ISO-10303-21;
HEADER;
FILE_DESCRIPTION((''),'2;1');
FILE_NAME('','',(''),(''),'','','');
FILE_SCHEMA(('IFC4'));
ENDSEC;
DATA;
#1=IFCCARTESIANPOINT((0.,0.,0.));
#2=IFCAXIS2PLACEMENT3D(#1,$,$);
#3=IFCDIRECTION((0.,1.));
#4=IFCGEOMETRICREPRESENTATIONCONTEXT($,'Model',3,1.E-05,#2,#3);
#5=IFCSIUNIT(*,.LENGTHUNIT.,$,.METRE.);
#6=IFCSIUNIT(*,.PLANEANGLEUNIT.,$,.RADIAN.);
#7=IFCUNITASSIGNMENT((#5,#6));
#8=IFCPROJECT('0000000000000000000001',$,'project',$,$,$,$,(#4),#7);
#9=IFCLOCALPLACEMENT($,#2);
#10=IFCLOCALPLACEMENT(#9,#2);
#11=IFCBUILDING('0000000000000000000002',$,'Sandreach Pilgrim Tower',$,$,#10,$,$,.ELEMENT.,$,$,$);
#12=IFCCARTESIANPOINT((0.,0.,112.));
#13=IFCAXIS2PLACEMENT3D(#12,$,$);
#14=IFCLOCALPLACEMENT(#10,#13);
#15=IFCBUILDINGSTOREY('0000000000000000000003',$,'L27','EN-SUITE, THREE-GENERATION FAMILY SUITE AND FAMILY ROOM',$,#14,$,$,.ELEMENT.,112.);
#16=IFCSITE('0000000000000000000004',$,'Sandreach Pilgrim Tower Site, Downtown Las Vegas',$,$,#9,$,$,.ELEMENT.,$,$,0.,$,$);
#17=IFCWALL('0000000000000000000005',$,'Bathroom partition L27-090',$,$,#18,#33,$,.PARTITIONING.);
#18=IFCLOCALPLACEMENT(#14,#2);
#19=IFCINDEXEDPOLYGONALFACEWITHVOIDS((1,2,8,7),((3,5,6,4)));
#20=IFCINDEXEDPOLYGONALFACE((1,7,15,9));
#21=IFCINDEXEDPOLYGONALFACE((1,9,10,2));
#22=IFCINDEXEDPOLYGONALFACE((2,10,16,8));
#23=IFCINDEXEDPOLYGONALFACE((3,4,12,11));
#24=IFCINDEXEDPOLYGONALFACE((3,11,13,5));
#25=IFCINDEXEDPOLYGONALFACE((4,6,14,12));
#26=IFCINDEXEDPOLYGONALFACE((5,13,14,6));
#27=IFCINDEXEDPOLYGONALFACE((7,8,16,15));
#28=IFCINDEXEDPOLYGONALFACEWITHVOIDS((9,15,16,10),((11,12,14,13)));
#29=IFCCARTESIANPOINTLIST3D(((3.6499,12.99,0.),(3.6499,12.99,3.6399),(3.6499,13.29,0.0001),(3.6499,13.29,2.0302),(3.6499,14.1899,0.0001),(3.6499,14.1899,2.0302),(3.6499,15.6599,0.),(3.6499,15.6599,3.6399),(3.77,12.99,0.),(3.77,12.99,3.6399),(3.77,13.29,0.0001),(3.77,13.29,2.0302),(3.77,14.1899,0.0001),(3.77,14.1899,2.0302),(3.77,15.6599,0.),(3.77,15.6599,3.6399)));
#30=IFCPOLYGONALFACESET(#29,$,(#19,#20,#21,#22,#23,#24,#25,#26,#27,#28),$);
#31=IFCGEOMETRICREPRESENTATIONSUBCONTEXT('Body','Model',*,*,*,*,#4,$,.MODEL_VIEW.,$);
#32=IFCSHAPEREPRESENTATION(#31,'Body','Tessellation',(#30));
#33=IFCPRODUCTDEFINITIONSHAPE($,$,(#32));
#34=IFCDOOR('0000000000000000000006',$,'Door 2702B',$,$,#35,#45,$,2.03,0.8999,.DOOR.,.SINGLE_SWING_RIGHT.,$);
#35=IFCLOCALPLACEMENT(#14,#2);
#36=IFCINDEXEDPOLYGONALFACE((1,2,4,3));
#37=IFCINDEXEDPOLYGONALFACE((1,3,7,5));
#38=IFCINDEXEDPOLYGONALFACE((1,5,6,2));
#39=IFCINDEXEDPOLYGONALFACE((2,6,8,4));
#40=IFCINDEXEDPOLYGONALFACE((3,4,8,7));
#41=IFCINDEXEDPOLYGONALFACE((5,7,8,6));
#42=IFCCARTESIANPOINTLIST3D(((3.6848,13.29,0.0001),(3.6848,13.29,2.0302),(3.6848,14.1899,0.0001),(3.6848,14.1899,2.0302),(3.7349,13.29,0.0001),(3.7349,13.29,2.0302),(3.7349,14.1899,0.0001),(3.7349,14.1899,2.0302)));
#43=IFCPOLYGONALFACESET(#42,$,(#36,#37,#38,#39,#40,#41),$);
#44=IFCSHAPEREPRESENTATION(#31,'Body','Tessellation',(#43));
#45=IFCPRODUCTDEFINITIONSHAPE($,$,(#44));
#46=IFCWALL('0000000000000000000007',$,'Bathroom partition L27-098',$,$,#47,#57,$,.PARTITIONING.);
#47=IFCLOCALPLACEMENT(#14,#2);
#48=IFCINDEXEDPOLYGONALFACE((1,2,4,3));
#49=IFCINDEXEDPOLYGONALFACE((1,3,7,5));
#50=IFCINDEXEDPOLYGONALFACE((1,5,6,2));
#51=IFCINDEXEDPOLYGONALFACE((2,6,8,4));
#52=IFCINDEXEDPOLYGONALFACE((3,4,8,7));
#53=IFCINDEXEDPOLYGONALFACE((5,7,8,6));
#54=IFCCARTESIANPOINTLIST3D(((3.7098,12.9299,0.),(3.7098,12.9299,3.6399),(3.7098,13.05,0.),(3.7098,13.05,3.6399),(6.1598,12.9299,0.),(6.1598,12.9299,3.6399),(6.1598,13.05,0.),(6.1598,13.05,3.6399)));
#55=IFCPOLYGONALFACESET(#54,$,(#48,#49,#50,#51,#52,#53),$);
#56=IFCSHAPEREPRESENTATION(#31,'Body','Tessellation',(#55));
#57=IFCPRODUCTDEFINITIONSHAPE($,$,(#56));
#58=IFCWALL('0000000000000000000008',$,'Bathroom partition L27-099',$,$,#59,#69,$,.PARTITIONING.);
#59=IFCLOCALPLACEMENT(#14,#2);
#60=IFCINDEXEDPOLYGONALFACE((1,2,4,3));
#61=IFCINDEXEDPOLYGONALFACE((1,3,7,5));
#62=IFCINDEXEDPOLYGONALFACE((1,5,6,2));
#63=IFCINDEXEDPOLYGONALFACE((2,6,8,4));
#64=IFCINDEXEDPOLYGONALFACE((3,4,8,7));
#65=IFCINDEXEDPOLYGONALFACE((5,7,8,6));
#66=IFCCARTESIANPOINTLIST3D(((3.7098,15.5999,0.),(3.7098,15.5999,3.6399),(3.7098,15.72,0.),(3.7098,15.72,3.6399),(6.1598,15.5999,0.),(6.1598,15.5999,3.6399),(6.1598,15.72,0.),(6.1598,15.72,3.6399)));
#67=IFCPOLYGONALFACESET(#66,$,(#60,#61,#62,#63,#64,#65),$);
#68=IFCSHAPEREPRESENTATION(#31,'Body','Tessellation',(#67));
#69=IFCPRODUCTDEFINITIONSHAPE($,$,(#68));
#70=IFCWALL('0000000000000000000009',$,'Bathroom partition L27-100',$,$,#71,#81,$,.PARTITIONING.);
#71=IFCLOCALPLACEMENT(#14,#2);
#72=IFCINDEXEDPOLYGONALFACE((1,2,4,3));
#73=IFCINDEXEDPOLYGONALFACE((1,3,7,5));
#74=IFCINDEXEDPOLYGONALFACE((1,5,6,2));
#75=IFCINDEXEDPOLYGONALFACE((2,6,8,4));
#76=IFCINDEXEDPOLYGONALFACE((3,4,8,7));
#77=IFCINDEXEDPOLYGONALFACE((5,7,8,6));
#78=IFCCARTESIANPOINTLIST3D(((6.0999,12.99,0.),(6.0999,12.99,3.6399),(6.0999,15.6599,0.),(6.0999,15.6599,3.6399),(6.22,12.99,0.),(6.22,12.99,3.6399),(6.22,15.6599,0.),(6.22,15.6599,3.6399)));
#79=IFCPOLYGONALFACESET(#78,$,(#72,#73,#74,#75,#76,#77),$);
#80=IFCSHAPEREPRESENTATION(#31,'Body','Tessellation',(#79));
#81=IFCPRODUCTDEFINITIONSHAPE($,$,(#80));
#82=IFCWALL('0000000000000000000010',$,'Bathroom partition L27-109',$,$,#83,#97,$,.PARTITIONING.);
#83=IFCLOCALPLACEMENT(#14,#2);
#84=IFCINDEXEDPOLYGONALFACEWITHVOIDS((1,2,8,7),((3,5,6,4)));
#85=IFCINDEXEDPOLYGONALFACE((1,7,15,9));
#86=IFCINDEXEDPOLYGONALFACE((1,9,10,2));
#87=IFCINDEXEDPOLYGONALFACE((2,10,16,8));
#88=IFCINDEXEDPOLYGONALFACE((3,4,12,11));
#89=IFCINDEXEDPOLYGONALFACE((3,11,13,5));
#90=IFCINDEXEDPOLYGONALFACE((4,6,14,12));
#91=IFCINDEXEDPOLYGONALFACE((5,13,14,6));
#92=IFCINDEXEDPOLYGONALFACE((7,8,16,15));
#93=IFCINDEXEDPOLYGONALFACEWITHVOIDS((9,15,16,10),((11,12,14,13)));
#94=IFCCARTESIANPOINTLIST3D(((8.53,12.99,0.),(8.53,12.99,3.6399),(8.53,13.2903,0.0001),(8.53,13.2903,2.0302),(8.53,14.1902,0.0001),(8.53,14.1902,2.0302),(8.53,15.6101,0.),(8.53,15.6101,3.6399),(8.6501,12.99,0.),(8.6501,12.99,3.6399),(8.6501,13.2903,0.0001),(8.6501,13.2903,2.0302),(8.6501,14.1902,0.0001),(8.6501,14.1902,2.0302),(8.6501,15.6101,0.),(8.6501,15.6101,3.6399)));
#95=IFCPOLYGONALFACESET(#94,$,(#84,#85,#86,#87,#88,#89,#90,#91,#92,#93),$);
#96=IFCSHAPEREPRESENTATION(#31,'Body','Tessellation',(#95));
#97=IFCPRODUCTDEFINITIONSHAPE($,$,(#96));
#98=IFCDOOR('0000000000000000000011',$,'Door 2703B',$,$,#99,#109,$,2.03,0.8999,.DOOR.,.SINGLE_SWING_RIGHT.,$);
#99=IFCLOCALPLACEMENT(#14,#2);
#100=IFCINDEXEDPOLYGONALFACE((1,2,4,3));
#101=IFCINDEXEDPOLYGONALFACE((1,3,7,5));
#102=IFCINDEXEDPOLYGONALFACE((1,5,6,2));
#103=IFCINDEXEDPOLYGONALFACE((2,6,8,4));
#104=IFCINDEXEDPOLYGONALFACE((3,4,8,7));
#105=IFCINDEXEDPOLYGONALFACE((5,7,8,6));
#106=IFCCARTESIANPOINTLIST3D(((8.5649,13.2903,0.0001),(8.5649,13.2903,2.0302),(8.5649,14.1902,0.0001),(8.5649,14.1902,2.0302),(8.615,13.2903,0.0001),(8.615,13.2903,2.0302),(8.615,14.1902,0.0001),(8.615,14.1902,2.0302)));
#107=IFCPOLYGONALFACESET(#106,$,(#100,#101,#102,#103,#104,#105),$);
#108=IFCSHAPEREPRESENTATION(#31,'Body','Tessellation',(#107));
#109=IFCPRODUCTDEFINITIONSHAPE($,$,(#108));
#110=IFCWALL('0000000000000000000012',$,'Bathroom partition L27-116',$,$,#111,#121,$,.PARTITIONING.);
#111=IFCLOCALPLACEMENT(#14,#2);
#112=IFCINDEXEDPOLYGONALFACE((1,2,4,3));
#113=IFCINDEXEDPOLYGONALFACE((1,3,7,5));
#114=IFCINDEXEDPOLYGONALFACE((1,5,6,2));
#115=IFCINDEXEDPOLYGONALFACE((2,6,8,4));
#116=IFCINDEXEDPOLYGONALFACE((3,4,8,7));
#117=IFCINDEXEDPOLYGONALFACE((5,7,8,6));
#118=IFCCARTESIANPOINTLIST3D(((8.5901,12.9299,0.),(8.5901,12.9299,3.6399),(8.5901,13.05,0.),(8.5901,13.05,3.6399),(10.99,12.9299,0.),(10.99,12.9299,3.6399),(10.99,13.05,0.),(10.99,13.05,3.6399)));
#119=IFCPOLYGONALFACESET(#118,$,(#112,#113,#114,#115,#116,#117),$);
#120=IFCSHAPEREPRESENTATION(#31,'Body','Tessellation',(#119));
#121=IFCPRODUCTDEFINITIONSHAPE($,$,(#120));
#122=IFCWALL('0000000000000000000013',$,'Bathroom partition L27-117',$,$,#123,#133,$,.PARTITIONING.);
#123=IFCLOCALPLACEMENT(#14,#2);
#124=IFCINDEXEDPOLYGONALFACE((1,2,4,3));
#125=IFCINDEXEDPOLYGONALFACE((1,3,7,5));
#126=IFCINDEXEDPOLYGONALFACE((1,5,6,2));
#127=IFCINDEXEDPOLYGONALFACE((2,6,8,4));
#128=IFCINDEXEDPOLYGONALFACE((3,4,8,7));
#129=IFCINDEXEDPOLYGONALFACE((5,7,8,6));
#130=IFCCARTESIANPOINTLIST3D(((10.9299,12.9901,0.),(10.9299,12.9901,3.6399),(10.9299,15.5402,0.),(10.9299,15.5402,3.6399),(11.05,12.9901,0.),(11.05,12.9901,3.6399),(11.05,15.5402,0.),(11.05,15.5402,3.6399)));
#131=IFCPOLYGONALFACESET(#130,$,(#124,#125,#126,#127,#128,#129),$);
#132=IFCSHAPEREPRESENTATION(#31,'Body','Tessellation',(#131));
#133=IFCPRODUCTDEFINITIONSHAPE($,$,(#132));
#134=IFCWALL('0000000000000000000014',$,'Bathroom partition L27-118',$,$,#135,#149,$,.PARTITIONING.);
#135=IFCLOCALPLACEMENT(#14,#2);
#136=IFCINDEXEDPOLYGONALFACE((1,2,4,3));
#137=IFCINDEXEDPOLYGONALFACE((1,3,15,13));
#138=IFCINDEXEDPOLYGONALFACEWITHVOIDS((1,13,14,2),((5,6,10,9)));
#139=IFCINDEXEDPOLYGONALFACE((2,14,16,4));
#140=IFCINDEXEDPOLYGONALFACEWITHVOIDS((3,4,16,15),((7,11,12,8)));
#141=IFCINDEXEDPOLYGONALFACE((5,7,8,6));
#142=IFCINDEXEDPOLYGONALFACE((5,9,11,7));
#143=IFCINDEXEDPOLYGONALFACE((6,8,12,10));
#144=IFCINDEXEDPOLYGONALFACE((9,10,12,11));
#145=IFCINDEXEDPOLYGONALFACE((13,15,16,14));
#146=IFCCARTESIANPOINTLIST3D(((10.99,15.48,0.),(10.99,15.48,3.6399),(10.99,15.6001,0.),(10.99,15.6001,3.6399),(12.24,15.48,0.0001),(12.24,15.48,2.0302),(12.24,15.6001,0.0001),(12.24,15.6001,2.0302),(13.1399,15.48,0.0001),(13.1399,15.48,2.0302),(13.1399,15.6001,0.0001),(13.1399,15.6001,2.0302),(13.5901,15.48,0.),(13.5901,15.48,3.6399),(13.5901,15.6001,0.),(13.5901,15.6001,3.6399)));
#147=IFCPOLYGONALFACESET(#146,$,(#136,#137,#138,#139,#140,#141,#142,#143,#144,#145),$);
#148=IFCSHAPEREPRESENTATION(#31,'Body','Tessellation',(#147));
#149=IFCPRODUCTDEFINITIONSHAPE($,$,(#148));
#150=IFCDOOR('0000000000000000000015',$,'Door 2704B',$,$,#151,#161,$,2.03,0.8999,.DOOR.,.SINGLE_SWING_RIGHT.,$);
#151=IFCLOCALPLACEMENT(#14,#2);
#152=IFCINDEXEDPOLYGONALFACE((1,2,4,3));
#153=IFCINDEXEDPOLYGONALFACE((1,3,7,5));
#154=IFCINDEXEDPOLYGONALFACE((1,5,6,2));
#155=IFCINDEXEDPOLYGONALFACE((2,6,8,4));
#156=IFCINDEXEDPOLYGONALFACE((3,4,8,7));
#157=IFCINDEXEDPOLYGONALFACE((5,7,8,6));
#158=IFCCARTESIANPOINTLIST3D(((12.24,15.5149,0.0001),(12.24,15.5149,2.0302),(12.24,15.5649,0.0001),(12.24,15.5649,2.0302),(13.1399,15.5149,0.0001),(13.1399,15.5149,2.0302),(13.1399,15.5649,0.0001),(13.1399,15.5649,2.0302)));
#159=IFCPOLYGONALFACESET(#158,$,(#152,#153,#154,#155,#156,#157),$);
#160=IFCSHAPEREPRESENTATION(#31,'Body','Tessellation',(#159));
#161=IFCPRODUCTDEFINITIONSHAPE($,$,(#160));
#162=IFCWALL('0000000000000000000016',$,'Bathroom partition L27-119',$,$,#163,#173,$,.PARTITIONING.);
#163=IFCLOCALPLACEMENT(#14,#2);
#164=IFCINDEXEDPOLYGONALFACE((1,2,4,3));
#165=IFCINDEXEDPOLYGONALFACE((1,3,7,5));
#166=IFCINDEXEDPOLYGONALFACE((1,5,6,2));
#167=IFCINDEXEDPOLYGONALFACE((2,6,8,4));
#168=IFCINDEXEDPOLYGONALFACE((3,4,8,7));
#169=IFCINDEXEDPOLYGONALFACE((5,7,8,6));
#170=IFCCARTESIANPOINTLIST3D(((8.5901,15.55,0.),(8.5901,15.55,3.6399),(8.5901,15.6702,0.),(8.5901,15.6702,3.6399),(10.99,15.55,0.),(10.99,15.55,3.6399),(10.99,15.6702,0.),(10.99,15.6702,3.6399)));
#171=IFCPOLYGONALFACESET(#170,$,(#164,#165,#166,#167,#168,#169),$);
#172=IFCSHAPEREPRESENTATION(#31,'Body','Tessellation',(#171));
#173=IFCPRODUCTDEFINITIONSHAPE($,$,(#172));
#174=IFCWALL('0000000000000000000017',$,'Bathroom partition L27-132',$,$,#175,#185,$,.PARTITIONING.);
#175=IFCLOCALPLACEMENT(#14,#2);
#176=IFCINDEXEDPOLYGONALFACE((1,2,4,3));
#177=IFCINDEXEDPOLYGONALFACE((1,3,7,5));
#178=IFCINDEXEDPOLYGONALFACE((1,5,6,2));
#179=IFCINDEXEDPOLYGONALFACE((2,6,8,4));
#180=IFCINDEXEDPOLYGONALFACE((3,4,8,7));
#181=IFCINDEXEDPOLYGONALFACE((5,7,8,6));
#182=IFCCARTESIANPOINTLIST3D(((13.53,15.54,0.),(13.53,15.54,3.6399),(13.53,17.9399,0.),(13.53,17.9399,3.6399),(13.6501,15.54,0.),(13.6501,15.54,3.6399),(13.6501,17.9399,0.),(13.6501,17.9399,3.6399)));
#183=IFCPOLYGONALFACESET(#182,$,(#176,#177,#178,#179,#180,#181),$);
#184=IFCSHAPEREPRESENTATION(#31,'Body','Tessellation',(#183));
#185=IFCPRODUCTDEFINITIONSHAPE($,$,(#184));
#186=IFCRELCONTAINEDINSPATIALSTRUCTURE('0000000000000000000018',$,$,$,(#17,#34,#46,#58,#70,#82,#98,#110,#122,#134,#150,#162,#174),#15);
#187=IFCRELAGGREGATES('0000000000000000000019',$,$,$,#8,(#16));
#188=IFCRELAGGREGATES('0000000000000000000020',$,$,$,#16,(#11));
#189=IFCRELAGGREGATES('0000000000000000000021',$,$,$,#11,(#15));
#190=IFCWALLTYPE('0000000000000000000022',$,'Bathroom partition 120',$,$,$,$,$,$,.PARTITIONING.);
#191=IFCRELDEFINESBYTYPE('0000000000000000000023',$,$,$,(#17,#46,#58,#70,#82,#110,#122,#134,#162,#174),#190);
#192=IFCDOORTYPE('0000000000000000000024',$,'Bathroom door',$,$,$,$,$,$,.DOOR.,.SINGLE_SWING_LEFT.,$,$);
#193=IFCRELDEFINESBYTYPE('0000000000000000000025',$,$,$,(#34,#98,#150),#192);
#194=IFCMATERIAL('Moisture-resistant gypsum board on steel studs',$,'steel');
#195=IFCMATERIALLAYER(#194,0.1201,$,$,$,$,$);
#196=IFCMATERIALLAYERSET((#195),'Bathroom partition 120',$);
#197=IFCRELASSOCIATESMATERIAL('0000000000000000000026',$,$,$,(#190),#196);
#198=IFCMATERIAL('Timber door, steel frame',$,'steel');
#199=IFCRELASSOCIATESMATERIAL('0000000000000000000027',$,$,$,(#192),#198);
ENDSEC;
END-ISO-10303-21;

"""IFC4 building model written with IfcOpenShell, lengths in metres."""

from ifc_helpers import new_model, si_unit, direction, frame, frame_2d, origin, place, context, subcontext, project, spatial, rectangle, extrude, material, layer, layer_set, type_object, element, fill, save


model = new_model("IFC4")

# Units and contexts
model_context = context("Model", 3, precision=1e-05, world=origin(), true_north=direction((0.0, 1.0)))
body_context = subcontext(model_context, "Body", "Model", "MODEL_VIEW")
ifc_project = project(units=[si_unit("LENGTHUNIT", "METRE"), si_unit("PLANEANGLEUNIT", "RADIAN")], contexts=[model_context])

# Site, building, storey
site_placement = place(None, origin())
site = spatial("IfcSite", under=ifc_project, at=site_placement, Name="Sandreach Pilgrim Tower Site, Downtown Las Vegas", CompositionType="ELEMENT", RefElevation=0.0)
building_placement = place(site_placement, origin())
building = spatial("IfcBuilding", under=site, at=building_placement, Name="Sandreach Pilgrim Tower", CompositionType="ELEMENT")
storey_placement = place(building_placement, frame((0.0, 0.0, 112.0)))
storey = spatial("IfcBuildingStorey", under=building, at=storey_placement, Name="L27", Description="EN-SUITE, THREE-GENERATION FAMILY SUITE AND FAMILY ROOM", CompositionType="ELEMENT", Elevation=112.0)

# Wall, opening, door
ifc_material_1 = material(Name="Moisture-resistant gypsum board on steel studs", Category="steel")
ifc_layer_1 = layer(ifc_material_1, 0.1201)
ifc_layer_set_1 = layer_set([ifc_layer_1], Name="Bathroom partition 120")
wall_type_1 = type_object("IfcWallType", Name="Bathroom partition 120", PredefinedType="PARTITIONING", material=ifc_layer_set_1)
wall_1_placement = place(storey_placement, frame((3.71, 15.6599, 0.0), z_axis=(0.0, 0.0, 1.0), x_axis=(0.0, -1.0, 0.0)))
wall_1 = element("IfcWall", 1, at=wall_1_placement, inside=storey, type_object=wall_type_1, Name="Bathroom partition L27-090", PredefinedType="PARTITIONING", context=body_context, shape_type="SweptSolid", body=[
    extrude(rectangle(XDim=2.6699, YDim=0.1201, at=frame_2d((1.335, 0.0))), origin(), (0.0, 0.0, 1.0), 3.6399),
])
opening_1_placement = place(wall_1_placement, frame((1.47, 0.0, 0.0)))
opening_1 = element("IfcOpeningElement", 2, at=opening_1_placement, cuts=wall_1, PredefinedType="OPENING", context=body_context, shape_type="SweptSolid", body=[
    extrude(rectangle(XDim=0.8999, YDim=2.03, at=frame_2d((0.45, 1.0151))), frame((0.0, 0.0601, 0.0), z_axis=(0.0, -1.0, 0.0), x_axis=(1.0, 0.0, 0.0)), (0.0, 0.0, 1.0), 0.1201),
])
ifc_material_2 = material(Name="Timber door, steel frame", Category="steel")
door_type_1 = type_object("IfcDoorType", Name="Bathroom door", OperationType="SINGLE_SWING_LEFT", PredefinedType="DOOR", material=ifc_material_2)
door_1_placement = place(opening_1_placement, origin())
door_1 = element("IfcDoor", 3, at=door_1_placement, inside=storey, type_object=door_type_1, Name="Door 2702B", OperationType="SINGLE_SWING_RIGHT", OverallHeight=2.03, OverallWidth=0.8999, PredefinedType="DOOR", context=body_context, shape_type="SweptSolid", body=[
    extrude(rectangle(XDim=0.8999, YDim=2.03, at=frame_2d((0.45, 1.0151))), frame((0.0, 0.0249, 0.0), z_axis=(0.0, -1.0, 0.0), x_axis=(1.0, 0.0, 0.0)), (0.0, 0.0, 1.0), 0.05),
])
fill(opening_1, door_1)

# Walls
for number, where, z_axis, x_axis, name in (
    (4, (6.1599, 12.99, 0.0), (0.0, 0.0, 1.0), (-1.0, 0.0, 0.0), "Bathroom partition L27-098"),
    (5, (6.1599, 15.6599, 0.0), (0.0, 0.0, 1.0), (-1.0, 0.0, 0.0), "Bathroom partition L27-099"),
):
    element("IfcWall", number, at=place(storey_placement, frame(where, z_axis=z_axis, x_axis=x_axis)), inside=storey, type_object=wall_type_1, Name=name, PredefinedType="PARTITIONING", context=body_context, shape_type="SweptSolid", body=[
        extrude(rectangle(XDim=2.45, YDim=0.1201, at=frame_2d((1.2251, 0.0))), origin(), (0.0, 0.0, 1.0), 3.6399),
    ])
wall_2_placement = place(storey_placement, frame((6.1599, 15.6599, 0.0), z_axis=(0.0, 0.0, 1.0), x_axis=(0.0, -1.0, 0.0)))
element("IfcWall", 6, at=wall_2_placement, inside=storey, type_object=wall_type_1, Name="Bathroom partition L27-100", PredefinedType="PARTITIONING", context=body_context, shape_type="SweptSolid", body=[
    extrude(rectangle(XDim=2.6699, YDim=0.1201, at=frame_2d((1.335, 0.0))), origin(), (0.0, 0.0, 1.0), 3.6399),
])

# Wall, opening, door
wall_3_placement = place(storey_placement, frame((8.5901, 15.6101, 0.0), z_axis=(0.0, 0.0, 1.0), x_axis=(0.0, -1.0, 0.0)))
wall_3 = element("IfcWall", 7, at=wall_3_placement, inside=storey, type_object=wall_type_1, Name="Bathroom partition L27-109", PredefinedType="PARTITIONING", context=body_context, shape_type="SweptSolid", body=[
    extrude(rectangle(XDim=2.6201, YDim=0.1201, at=frame_2d((1.3101, 0.0))), origin(), (0.0, 0.0, 1.0), 3.6399),
])
opening_2_placement = place(wall_3_placement, frame((1.4199, 0.0, 0.0)))
opening_2 = element("IfcOpeningElement", 8, at=opening_2_placement, cuts=wall_3, PredefinedType="OPENING", context=body_context, shape_type="SweptSolid", body=[
    extrude(rectangle(XDim=0.8999, YDim=2.03, at=frame_2d((0.45, 1.0151))), frame((0.0, 0.0601, 0.0), z_axis=(0.0, -1.0, 0.0), x_axis=(1.0, 0.0, 0.0)), (0.0, 0.0, 1.0), 0.1201),
])
door_2_placement = place(opening_2_placement, origin())
door_2 = element("IfcDoor", 9, at=door_2_placement, inside=storey, type_object=door_type_1, Name="Door 2703B", OperationType="SINGLE_SWING_RIGHT", OverallHeight=2.03, OverallWidth=0.8999, PredefinedType="DOOR", context=body_context, shape_type="SweptSolid", body=[
    extrude(rectangle(XDim=0.8999, YDim=2.03, at=frame_2d((0.45, 1.0151))), frame((0.0, 0.0249, 0.0), z_axis=(0.0, -1.0, 0.0), x_axis=(1.0, 0.0, 0.0)), (0.0, 0.0, 1.0), 0.05),
])
fill(opening_2, door_2)

# Walls
wall_4_placement = place(storey_placement, frame((10.99, 12.99, 0.0), z_axis=(0.0, 0.0, 1.0), x_axis=(-1.0, 0.0, 0.0)))
element("IfcWall", 10, at=wall_4_placement, inside=storey, type_object=wall_type_1, Name="Bathroom partition L27-116", PredefinedType="PARTITIONING", context=body_context, shape_type="SweptSolid", body=[
    extrude(rectangle(XDim=2.3999, YDim=0.1201, at=frame_2d((1.2, 0.0))), origin(), (0.0, 0.0, 1.0), 3.6399),
])
wall_5_placement = place(storey_placement, frame((10.99, 15.54, 0.0), z_axis=(0.0, 0.0, 1.0), x_axis=(0.0, -1.0, 0.0)))
element("IfcWall", 11, at=wall_5_placement, inside=storey, type_object=wall_type_1, Name="Bathroom partition L27-117", PredefinedType="PARTITIONING", context=body_context, shape_type="SweptSolid", body=[
    extrude(rectangle(XDim=2.55, YDim=0.1201, at=frame_2d((1.2749, 0.0))), origin(), (0.0, 0.0, 1.0), 3.6399),
])

# Wall, opening, door
wall_6_placement = place(storey_placement, frame((10.99, 15.54, 0.0), z_axis=(0.0, 0.0, 1.0), x_axis=(1.0, 0.0, 0.0)))
wall_6 = element("IfcWall", 12, at=wall_6_placement, inside=storey, type_object=wall_type_1, Name="Bathroom partition L27-118", PredefinedType="PARTITIONING", context=body_context, shape_type="SweptSolid", body=[
    extrude(rectangle(XDim=2.6001, YDim=0.1201, at=frame_2d((1.3, 0.0))), origin(), (0.0, 0.0, 1.0), 3.6399),
])
opening_3_placement = place(wall_6_placement, frame((1.25, 0.0, 0.0)))
opening_3 = element("IfcOpeningElement", 13, at=opening_3_placement, cuts=wall_6, PredefinedType="OPENING", context=body_context, shape_type="SweptSolid", body=[
    extrude(rectangle(XDim=0.8999, YDim=2.03, at=frame_2d((0.45, 1.0151))), frame((0.0, 0.0601, 0.0), z_axis=(0.0, -1.0, 0.0), x_axis=(1.0, 0.0, 0.0)), (0.0, 0.0, 1.0), 0.1201),
])
door_3_placement = place(opening_3_placement, origin())
door_3 = element("IfcDoor", 14, at=door_3_placement, inside=storey, type_object=door_type_1, Name="Door 2704B", OperationType="SINGLE_SWING_RIGHT", OverallHeight=2.03, OverallWidth=0.8999, PredefinedType="DOOR", context=body_context, shape_type="SweptSolid", body=[
    extrude(rectangle(XDim=0.8999, YDim=2.03, at=frame_2d((0.45, 1.0151))), frame((0.0, 0.0249, 0.0), z_axis=(0.0, -1.0, 0.0), x_axis=(1.0, 0.0, 0.0)), (0.0, 0.0, 1.0), 0.05),
])
fill(opening_3, door_3)

# Walls
for number, where, z_axis, x_axis, name in (
    (15, (10.99, 15.6101, 0.0), (0.0, 0.0, 1.0), (-1.0, 0.0, 0.0), "Bathroom partition L27-119"),
    (16, (13.5901, 15.54, 0.0), (0.0, 0.0, 1.0), (0.0, 1.0, 0.0), "Bathroom partition L27-132"),
):
    element("IfcWall", number, at=place(storey_placement, frame(where, z_axis=z_axis, x_axis=x_axis)), inside=storey, type_object=wall_type_1, Name=name, PredefinedType="PARTITIONING", context=body_context, shape_type="SweptSolid", body=[
        extrude(rectangle(XDim=2.3999, YDim=0.1201, at=frame_2d((1.2, 0.0))), origin(), (0.0, 0.0, 1.0), 3.6399),
    ])

save(model, "model.ifc")
